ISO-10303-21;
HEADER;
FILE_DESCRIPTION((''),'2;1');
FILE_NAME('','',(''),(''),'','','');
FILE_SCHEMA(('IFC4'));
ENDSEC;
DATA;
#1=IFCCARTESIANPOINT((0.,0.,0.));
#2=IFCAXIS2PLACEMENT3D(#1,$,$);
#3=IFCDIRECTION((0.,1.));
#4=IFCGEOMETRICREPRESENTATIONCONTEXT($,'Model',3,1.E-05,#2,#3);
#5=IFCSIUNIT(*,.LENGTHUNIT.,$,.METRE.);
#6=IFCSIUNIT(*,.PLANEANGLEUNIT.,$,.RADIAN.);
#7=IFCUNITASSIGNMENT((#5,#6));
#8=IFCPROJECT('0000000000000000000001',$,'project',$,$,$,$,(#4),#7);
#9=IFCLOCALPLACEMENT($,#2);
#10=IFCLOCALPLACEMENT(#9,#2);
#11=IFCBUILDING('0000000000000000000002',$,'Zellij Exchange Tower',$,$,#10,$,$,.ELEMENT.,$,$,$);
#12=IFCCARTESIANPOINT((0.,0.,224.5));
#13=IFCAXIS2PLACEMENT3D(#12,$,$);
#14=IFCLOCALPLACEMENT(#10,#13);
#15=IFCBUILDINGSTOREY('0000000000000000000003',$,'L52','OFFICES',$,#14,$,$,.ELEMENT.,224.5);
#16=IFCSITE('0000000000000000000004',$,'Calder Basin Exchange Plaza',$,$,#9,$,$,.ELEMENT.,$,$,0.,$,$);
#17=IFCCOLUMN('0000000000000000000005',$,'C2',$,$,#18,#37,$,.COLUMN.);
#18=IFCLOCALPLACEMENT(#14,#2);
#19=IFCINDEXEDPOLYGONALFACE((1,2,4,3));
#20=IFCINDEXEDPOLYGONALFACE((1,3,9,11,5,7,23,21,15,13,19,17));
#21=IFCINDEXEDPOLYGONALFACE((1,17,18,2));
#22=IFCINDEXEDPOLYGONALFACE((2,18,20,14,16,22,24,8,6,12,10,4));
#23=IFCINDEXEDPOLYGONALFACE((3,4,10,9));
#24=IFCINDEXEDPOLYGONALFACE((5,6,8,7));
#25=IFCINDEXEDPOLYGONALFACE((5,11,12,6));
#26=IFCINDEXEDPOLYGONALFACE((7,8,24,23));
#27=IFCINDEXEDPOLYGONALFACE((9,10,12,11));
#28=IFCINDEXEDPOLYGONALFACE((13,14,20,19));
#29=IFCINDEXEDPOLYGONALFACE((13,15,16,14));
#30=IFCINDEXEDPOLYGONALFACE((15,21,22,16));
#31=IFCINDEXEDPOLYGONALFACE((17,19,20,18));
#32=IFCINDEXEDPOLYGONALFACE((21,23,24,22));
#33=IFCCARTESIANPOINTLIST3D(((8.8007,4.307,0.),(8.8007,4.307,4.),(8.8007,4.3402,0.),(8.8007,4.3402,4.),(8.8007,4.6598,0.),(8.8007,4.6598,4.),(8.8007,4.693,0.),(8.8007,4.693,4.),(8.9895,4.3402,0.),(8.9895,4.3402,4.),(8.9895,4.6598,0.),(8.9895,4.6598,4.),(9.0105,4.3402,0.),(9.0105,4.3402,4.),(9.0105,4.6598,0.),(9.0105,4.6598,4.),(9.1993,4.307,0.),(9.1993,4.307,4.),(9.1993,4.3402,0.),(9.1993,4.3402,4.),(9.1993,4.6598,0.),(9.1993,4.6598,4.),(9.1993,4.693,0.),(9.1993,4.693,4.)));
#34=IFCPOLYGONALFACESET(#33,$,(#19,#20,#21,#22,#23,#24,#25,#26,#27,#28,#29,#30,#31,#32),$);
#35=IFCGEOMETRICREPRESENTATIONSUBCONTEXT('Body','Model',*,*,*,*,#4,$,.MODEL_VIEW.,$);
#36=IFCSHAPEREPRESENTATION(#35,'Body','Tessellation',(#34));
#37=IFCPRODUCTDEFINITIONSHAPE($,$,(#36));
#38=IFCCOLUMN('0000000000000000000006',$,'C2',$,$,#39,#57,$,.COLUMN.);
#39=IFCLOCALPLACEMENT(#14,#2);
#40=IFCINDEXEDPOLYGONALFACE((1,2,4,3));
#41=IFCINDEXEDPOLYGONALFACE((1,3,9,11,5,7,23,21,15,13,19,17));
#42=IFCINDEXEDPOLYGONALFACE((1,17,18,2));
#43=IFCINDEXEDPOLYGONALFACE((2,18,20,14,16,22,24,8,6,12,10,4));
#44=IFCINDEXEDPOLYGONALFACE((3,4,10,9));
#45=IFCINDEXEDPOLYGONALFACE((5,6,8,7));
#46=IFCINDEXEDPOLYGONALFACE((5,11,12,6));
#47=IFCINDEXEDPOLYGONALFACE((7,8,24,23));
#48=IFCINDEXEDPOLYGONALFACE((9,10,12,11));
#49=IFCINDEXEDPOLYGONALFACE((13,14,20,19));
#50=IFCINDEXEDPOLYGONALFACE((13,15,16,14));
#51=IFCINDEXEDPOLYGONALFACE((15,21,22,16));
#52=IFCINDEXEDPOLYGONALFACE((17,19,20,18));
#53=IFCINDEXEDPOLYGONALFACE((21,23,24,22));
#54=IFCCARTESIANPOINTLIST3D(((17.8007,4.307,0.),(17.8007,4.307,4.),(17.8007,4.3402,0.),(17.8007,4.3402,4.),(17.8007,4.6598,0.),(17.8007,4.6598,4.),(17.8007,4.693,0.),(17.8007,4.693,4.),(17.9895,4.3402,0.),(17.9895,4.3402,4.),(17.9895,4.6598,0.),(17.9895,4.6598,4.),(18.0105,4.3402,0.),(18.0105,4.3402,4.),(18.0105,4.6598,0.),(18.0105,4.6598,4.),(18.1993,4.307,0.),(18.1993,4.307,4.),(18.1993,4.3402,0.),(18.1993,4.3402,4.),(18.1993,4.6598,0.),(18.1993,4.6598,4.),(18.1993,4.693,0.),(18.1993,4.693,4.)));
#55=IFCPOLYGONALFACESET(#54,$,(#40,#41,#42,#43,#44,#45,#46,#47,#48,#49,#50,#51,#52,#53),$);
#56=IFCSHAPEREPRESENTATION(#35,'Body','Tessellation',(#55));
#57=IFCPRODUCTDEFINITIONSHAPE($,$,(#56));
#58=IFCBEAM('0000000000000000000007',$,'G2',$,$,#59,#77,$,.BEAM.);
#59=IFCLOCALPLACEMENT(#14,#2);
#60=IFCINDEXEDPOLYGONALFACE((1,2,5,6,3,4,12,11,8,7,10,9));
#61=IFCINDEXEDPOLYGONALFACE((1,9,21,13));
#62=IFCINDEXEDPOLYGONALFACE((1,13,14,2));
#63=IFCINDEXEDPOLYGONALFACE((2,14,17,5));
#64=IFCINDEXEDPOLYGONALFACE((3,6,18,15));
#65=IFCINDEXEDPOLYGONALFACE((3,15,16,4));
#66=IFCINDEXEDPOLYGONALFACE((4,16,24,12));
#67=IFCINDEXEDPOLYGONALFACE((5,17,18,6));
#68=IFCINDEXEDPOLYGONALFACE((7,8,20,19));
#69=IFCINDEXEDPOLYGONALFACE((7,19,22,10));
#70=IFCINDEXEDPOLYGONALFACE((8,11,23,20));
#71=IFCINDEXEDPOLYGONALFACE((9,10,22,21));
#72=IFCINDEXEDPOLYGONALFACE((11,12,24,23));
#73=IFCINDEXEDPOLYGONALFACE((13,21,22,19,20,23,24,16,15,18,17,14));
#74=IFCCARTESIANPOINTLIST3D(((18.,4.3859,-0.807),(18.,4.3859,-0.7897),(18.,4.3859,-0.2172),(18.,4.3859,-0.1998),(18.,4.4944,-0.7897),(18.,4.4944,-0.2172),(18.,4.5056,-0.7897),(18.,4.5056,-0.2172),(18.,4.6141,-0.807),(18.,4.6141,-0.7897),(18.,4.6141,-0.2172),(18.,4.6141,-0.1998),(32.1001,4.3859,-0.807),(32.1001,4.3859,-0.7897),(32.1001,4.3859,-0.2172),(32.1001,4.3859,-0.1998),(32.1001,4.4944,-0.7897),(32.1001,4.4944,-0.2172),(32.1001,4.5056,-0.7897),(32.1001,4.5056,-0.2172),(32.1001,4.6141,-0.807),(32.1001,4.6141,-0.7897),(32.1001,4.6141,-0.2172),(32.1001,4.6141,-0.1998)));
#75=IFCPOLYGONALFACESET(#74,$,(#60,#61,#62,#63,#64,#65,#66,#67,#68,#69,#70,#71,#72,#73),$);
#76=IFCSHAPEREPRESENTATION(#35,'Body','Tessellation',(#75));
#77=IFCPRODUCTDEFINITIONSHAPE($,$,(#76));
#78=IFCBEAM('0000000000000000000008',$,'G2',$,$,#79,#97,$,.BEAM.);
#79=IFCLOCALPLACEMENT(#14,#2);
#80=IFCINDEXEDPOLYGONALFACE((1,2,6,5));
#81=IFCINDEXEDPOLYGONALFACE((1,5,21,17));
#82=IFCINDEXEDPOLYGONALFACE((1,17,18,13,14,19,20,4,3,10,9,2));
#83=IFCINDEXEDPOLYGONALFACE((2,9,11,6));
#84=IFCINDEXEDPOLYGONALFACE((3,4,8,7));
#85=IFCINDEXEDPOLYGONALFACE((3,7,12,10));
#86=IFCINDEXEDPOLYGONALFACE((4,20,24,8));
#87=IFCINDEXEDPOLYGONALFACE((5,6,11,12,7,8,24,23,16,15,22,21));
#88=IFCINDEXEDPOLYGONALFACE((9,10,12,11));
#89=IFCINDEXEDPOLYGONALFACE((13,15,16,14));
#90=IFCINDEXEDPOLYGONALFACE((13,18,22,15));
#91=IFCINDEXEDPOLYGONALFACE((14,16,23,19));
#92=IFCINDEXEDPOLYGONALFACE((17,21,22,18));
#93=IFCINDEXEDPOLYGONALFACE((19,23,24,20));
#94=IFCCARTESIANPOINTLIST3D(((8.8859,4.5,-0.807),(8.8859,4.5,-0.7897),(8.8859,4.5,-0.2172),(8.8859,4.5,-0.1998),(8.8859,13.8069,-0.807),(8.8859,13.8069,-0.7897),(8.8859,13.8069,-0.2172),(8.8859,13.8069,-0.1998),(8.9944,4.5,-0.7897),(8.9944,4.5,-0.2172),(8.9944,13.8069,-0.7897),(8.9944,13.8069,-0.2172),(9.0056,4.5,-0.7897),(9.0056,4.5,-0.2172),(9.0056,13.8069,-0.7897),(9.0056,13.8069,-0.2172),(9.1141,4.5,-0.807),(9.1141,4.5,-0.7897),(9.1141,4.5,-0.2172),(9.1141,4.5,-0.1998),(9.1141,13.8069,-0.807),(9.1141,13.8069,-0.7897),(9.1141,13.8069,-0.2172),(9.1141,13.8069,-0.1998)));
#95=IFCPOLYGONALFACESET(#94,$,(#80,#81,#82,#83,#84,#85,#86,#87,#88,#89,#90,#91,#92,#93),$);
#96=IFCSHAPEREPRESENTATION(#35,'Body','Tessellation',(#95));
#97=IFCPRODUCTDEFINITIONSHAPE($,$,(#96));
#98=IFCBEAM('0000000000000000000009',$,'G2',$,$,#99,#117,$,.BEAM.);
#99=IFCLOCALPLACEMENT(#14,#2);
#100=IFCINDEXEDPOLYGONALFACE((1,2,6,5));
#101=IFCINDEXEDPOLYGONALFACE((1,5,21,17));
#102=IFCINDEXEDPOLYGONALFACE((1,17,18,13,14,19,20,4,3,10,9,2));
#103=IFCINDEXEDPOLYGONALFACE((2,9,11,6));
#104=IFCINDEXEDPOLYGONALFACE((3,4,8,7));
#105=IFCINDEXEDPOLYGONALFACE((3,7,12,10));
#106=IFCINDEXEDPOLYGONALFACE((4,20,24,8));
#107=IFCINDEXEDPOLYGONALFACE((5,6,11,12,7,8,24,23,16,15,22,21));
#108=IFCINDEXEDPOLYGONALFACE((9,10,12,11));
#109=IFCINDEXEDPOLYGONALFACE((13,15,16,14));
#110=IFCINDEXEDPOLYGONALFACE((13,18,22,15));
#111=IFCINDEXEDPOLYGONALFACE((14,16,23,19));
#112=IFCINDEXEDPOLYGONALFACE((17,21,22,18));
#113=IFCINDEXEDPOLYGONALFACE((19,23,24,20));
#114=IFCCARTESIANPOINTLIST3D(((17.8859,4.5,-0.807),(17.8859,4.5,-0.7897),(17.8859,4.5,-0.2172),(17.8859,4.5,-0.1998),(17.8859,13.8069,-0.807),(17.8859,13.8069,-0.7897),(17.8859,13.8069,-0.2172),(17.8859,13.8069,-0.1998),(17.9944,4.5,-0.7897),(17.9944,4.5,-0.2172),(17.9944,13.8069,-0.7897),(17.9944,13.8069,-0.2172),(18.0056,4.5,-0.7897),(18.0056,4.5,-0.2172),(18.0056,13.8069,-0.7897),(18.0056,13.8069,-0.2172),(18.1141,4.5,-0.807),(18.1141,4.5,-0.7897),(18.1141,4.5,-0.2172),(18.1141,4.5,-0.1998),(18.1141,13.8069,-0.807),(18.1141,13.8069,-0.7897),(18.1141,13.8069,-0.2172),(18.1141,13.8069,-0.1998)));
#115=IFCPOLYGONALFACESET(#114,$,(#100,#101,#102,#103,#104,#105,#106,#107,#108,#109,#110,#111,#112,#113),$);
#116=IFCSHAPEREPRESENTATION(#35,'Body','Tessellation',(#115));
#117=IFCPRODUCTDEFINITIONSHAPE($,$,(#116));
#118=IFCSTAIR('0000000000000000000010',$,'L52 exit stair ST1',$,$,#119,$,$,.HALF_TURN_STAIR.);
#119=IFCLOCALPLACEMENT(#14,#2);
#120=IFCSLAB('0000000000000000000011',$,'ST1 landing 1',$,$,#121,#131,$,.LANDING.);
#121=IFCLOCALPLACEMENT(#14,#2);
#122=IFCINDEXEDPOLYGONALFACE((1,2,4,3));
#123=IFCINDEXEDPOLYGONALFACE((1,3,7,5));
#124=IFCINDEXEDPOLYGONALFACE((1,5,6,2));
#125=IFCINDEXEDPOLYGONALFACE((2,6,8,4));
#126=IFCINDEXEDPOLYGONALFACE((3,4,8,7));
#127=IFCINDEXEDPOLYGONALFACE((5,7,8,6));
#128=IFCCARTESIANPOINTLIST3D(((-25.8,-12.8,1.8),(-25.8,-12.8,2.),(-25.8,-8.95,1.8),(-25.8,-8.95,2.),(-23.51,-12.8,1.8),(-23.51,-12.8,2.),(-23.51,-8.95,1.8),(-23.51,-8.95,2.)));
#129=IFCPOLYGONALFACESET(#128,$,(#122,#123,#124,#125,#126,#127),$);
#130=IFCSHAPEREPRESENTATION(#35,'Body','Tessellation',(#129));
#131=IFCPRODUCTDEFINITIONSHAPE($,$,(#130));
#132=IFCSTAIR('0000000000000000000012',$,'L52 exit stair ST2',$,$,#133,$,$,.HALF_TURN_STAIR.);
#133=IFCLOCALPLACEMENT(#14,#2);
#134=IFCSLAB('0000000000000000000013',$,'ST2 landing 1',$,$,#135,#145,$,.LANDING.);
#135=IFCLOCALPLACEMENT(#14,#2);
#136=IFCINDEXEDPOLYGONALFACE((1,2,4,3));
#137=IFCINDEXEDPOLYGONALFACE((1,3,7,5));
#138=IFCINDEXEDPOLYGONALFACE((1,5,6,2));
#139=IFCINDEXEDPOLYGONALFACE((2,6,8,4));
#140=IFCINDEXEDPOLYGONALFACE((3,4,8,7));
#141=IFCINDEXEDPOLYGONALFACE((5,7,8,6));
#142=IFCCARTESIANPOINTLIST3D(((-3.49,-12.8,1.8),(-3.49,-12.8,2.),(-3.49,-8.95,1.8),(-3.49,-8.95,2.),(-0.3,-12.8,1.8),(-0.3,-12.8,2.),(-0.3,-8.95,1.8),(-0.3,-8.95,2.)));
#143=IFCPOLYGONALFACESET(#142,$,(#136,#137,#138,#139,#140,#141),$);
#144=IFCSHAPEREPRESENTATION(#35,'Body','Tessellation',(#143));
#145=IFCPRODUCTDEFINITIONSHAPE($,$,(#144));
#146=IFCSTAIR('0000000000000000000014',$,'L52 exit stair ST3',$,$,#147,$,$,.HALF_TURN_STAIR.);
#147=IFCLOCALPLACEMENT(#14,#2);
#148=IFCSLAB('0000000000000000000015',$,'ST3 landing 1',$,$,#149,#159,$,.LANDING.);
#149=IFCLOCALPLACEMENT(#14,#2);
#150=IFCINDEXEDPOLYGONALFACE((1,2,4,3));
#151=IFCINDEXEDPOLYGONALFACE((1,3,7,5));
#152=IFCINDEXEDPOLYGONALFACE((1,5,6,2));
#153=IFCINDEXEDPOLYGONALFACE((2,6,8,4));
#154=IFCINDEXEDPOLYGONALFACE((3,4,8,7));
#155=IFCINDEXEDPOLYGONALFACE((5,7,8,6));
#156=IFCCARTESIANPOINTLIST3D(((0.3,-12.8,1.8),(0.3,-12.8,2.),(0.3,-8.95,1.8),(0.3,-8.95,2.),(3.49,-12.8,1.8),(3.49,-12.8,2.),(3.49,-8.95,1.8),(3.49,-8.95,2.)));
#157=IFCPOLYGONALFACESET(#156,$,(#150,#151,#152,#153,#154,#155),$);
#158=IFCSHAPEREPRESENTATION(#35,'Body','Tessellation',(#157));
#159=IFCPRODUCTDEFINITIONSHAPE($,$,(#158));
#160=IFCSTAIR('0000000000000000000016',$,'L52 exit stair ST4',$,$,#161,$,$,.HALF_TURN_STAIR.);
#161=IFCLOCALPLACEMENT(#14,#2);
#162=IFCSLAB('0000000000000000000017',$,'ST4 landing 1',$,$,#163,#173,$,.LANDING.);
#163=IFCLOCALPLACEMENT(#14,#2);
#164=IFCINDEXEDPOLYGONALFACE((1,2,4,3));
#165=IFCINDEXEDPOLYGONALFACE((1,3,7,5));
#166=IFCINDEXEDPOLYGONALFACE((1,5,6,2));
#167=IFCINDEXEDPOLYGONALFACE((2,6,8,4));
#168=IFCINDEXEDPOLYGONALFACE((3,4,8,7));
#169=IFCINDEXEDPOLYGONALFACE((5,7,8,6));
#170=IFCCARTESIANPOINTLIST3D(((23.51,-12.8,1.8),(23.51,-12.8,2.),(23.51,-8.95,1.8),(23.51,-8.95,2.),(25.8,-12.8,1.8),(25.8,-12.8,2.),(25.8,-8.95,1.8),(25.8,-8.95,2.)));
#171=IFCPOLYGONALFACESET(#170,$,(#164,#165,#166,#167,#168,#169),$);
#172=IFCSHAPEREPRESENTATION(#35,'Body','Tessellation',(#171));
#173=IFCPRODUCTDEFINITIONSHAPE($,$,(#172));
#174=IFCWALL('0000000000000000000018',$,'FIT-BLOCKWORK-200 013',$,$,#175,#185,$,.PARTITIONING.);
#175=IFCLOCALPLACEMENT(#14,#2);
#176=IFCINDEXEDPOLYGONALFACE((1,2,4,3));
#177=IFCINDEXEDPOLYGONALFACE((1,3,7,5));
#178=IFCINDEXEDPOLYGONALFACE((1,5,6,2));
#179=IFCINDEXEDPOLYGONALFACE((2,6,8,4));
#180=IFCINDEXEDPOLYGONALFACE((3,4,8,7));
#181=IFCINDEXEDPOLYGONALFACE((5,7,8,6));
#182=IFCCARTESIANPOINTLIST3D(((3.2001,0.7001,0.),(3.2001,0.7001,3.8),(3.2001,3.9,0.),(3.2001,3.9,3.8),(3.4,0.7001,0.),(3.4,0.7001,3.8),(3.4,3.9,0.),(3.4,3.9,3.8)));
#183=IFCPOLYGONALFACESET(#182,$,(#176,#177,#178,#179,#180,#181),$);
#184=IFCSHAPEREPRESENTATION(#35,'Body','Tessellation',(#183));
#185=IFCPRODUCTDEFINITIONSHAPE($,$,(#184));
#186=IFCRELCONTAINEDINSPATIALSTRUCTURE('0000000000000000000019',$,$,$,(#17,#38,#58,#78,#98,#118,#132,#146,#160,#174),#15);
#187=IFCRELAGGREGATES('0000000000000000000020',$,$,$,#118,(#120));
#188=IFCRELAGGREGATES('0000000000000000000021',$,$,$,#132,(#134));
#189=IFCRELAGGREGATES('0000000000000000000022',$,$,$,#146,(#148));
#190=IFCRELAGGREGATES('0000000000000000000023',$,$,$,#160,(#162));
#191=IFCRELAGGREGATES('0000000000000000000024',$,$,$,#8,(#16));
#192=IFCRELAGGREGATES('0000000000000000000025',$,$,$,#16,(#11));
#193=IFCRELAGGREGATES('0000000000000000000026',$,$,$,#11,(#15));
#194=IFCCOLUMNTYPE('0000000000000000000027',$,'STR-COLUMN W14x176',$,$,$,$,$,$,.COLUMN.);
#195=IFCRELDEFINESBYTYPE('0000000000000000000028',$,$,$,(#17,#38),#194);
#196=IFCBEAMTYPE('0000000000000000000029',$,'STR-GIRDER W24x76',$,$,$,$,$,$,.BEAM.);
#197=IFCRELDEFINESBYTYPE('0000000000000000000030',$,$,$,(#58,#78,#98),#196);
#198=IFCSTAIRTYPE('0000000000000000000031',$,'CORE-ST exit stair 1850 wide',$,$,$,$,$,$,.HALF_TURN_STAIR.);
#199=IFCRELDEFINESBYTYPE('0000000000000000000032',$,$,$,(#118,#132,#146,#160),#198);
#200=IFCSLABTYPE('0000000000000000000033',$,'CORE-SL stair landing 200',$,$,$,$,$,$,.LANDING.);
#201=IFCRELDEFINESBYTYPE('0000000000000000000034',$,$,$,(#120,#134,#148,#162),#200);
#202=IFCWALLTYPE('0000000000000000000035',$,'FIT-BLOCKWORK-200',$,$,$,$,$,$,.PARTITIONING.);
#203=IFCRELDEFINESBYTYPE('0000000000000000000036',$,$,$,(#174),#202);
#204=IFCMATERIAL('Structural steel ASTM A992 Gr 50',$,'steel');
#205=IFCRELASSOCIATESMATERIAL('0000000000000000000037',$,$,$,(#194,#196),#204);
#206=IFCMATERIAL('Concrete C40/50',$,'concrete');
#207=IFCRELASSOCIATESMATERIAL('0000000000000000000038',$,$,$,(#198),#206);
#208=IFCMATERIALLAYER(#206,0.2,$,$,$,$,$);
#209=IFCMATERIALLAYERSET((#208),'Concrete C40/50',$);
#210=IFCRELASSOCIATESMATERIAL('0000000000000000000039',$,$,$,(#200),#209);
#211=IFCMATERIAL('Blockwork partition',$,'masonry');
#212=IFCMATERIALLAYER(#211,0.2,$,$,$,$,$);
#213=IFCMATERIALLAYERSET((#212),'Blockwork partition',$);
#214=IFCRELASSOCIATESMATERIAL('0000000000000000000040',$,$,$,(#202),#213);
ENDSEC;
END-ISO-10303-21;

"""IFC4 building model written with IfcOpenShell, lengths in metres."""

from ifc_helpers import new_model, si_unit, direction, frame, frame_2d, origin, origin_2d, place, context, subcontext, project, spatial, polyline, rectangle, i_section, outline, extrude, material, layer, layer_set, material_profile, profile_set, type_object, element, aggregate, save


model = new_model("IFC4")

# Units and contexts
model_context = context("Model", 3, precision=1e-05, world=origin(), true_north=direction((0.0, 1.0)))
body_context = subcontext(model_context, "Body", "Model", "MODEL_VIEW")
ifc_project = project(units=[si_unit("LENGTHUNIT", "METRE"), si_unit("PLANEANGLEUNIT", "RADIAN")], contexts=[model_context])

# Site, building, storey
site_placement = place(None, origin())
site = spatial("IfcSite", under=ifc_project, at=site_placement, Name="Calder Basin Exchange Plaza", CompositionType="ELEMENT", RefElevation=0.0)
building_placement = place(site_placement, origin())
building = spatial("IfcBuilding", under=site, at=building_placement, Name="Zellij Exchange Tower", CompositionType="ELEMENT")
storey_placement = place(building_placement, frame((0.0, 0.0, 224.5)))
storey = spatial("IfcBuildingStorey", under=building, at=storey_placement, Name="L52", Description="OFFICES", CompositionType="ELEMENT", Elevation=224.5)

# Columns
ifc_material_1 = material(Name="Structural steel ASTM A992 Gr 50", Category="steel")
ifc_material_profile_1 = material_profile(ifc_material_1, i_section(OverallWidth=0.3987, OverallDepth=0.386, WebThickness=0.021, FlangeThickness=0.0332, at=origin_2d()), Name="W14x176")
ifc_profile_set_1 = profile_set([ifc_material_profile_1], Name="Structural steel ASTM A992 Gr 50")
column_type = type_object("IfcColumnType", Name="STR-COLUMN W14x176", PredefinedType="COLUMN", material=ifc_profile_set_1)
for number, where, z_axis, x_axis, name in (
    (1, (9.0, 4.5, 0.0), (0.0, 0.0, 1.0), (1.0, 0.0, 0.0), "C2"),
    (2, (18.0, 4.5, 0.0), (0.0, 0.0, 1.0), (1.0, 0.0, 0.0), "C2"),
):
    element("IfcColumn", number, at=place(storey_placement, frame(where, z_axis=z_axis, x_axis=x_axis)), inside=storey, type_object=column_type, Name=name, PredefinedType="COLUMN", context=body_context, shape_type="SweptSolid", body=[
        extrude(i_section(OverallWidth=0.3987, OverallDepth=0.386, WebThickness=0.021, FlangeThickness=0.0332, at=origin_2d()), origin(), (0.0, 0.0, 1.0), 4.0),
    ])

# Beams
ifc_material_profile_2 = material_profile(ifc_material_1, i_section(OverallWidth=0.2283, OverallDepth=0.6072, WebThickness=0.0112, FlangeThickness=0.0173, at=origin_2d()), Name="W24x76")
ifc_profile_set_2 = profile_set([ifc_material_profile_2], Name="Structural steel ASTM A992 Gr 50")
beam_type = type_object("IfcBeamType", Name="STR-GIRDER W24x76", PredefinedType="BEAM", material=ifc_profile_set_2)
beam_placement = place(storey_placement, frame((18.0, 4.5, -0.5034), z_axis=(1.0, 0.0, 0.0), x_axis=(0.0, 1.0, 0.0)))
element("IfcBeam", 3, at=beam_placement, inside=storey, type_object=beam_type, Name="G2", PredefinedType="BEAM", context=body_context, shape_type="SweptSolid", body=[
    extrude(i_section(OverallWidth=0.2283, OverallDepth=0.6072, WebThickness=0.0112, FlangeThickness=0.0173, at=origin_2d()), origin(), (0.0, 0.0, 1.0), 14.1001),
])
for number, where, z_axis, x_axis, name in (
    (4, (9.0, 4.5, -0.5034), (0.0, 1.0, 0.0), (-1.0, 0.0, 0.0), "G2"),
    (5, (18.0, 4.5, -0.5034), (0.0, 1.0, 0.0), (-1.0, 0.0, 0.0), "G2"),
):
    element("IfcBeam", number, at=place(storey_placement, frame(where, z_axis=z_axis, x_axis=x_axis)), inside=storey, type_object=beam_type, Name=name, PredefinedType="BEAM", context=body_context, shape_type="SweptSolid", body=[
        extrude(i_section(OverallWidth=0.2283, OverallDepth=0.6072, WebThickness=0.0112, FlangeThickness=0.0173, at=origin_2d()), origin(), (0.0, 0.0, 1.0), 9.3069),
    ])

# Stairs, slabs
ifc_material_2 = material(Name="Concrete C40/50", Category="concrete")
stair_type = type_object("IfcStairType", Name="CORE-ST exit stair 1850 wide", PredefinedType="HALF_TURN_STAIR", material=ifc_material_2)
stair_1_placement = place(storey_placement, origin())
stair_1 = element("IfcStair", 6, at=stair_1_placement, inside=storey, type_object=stair_type, Name="L52 exit stair ST1", PredefinedType="HALF_TURN_STAIR")
ifc_layer_1 = layer(ifc_material_2, 0.2)
ifc_layer_set_1 = layer_set([ifc_layer_1], Name="Concrete C40/50")
slab_type = type_object("IfcSlabType", Name="CORE-SL stair landing 200", PredefinedType="LANDING", material=ifc_layer_set_1)
slab_1_placement = place(storey_placement, frame((0.0, 0.0, 1.8)))
slab_1 = element("IfcSlab", 7, at=slab_1_placement, type_object=slab_type, Name="ST1 landing 1", PredefinedType="LANDING", context=body_context, shape_type="SweptSolid", body=[
    extrude(outline(polyline([(-23.51, -8.95), (-25.8, -8.95), (-25.8, -12.8), (-23.51, -12.8), (-23.51, -8.95)])), origin(), (0.0, 0.0, 1.0), 0.2),
])
aggregate(stair_1, [slab_1])
stair_2_placement = place(storey_placement, origin())
stair_2 = element("IfcStair", 8, at=stair_2_placement, inside=storey, type_object=stair_type, Name="L52 exit stair ST2", PredefinedType="HALF_TURN_STAIR")
slab_2_placement = place(storey_placement, frame((0.0, 0.0, 1.8)))
slab_2 = element("IfcSlab", 9, at=slab_2_placement, type_object=slab_type, Name="ST2 landing 1", PredefinedType="LANDING", context=body_context, shape_type="SweptSolid", body=[
    extrude(outline(polyline([(-3.49, -12.8), (-0.3, -12.8), (-0.3, -8.95), (-3.49, -8.95), (-3.49, -12.8)])), origin(), (0.0, 0.0, 1.0), 0.2),
])
aggregate(stair_2, [slab_2])
stair_3_placement = place(storey_placement, origin())
stair_3 = element("IfcStair", 10, at=stair_3_placement, inside=storey, type_object=stair_type, Name="L52 exit stair ST3", PredefinedType="HALF_TURN_STAIR")
slab_3_placement = place(storey_placement, frame((0.0, 0.0, 1.8)))
slab_3 = element("IfcSlab", 11, at=slab_3_placement, type_object=slab_type, Name="ST3 landing 1", PredefinedType="LANDING", context=body_context, shape_type="SweptSolid", body=[
    extrude(outline(polyline([(3.49, -8.95), (0.3, -8.95), (0.3, -12.8), (3.49, -12.8), (3.49, -8.95)])), origin(), (0.0, 0.0, 1.0), 0.2),
])
aggregate(stair_3, [slab_3])
stair_4_placement = place(storey_placement, origin())
stair_4 = element("IfcStair", 12, at=stair_4_placement, inside=storey, type_object=stair_type, Name="L52 exit stair ST4", PredefinedType="HALF_TURN_STAIR")
slab_4_placement = place(storey_placement, frame((0.0, 0.0, 1.8)))
slab_4 = element("IfcSlab", 13, at=slab_4_placement, type_object=slab_type, Name="ST4 landing 1", PredefinedType="LANDING", context=body_context, shape_type="SweptSolid", body=[
    extrude(outline(polyline([(23.51, -12.8), (25.8, -12.8), (25.8, -8.95), (23.51, -8.95), (23.51, -12.8)])), origin(), (0.0, 0.0, 1.0), 0.2),
])
aggregate(stair_4, [slab_4])

# Wall
ifc_material_3 = material(Name="Blockwork partition", Category="masonry")
ifc_layer_2 = layer(ifc_material_3, 0.2)
ifc_layer_set_2 = layer_set([ifc_layer_2], Name="Blockwork partition")
wall_type_1 = type_object("IfcWallType", Name="FIT-BLOCKWORK-200", PredefinedType="PARTITIONING", material=ifc_layer_set_2)
wall_1_placement = place(storey_placement, frame((3.3, 0.7, 0.0), z_axis=(0.0, 0.0, 1.0), x_axis=(0.0, 1.0, 0.0)))
element("IfcWall", 14, at=wall_1_placement, inside=storey, type_object=wall_type_1, Name="FIT-BLOCKWORK-200 013", PredefinedType="PARTITIONING", context=body_context, shape_type="SweptSolid", body=[
    extrude(rectangle(XDim=3.2, YDim=0.2, at=frame_2d((1.6001, 0.0))), origin(), (0.0, 0.0, 1.0), 3.8),
])

save(model, "model.ifc")
